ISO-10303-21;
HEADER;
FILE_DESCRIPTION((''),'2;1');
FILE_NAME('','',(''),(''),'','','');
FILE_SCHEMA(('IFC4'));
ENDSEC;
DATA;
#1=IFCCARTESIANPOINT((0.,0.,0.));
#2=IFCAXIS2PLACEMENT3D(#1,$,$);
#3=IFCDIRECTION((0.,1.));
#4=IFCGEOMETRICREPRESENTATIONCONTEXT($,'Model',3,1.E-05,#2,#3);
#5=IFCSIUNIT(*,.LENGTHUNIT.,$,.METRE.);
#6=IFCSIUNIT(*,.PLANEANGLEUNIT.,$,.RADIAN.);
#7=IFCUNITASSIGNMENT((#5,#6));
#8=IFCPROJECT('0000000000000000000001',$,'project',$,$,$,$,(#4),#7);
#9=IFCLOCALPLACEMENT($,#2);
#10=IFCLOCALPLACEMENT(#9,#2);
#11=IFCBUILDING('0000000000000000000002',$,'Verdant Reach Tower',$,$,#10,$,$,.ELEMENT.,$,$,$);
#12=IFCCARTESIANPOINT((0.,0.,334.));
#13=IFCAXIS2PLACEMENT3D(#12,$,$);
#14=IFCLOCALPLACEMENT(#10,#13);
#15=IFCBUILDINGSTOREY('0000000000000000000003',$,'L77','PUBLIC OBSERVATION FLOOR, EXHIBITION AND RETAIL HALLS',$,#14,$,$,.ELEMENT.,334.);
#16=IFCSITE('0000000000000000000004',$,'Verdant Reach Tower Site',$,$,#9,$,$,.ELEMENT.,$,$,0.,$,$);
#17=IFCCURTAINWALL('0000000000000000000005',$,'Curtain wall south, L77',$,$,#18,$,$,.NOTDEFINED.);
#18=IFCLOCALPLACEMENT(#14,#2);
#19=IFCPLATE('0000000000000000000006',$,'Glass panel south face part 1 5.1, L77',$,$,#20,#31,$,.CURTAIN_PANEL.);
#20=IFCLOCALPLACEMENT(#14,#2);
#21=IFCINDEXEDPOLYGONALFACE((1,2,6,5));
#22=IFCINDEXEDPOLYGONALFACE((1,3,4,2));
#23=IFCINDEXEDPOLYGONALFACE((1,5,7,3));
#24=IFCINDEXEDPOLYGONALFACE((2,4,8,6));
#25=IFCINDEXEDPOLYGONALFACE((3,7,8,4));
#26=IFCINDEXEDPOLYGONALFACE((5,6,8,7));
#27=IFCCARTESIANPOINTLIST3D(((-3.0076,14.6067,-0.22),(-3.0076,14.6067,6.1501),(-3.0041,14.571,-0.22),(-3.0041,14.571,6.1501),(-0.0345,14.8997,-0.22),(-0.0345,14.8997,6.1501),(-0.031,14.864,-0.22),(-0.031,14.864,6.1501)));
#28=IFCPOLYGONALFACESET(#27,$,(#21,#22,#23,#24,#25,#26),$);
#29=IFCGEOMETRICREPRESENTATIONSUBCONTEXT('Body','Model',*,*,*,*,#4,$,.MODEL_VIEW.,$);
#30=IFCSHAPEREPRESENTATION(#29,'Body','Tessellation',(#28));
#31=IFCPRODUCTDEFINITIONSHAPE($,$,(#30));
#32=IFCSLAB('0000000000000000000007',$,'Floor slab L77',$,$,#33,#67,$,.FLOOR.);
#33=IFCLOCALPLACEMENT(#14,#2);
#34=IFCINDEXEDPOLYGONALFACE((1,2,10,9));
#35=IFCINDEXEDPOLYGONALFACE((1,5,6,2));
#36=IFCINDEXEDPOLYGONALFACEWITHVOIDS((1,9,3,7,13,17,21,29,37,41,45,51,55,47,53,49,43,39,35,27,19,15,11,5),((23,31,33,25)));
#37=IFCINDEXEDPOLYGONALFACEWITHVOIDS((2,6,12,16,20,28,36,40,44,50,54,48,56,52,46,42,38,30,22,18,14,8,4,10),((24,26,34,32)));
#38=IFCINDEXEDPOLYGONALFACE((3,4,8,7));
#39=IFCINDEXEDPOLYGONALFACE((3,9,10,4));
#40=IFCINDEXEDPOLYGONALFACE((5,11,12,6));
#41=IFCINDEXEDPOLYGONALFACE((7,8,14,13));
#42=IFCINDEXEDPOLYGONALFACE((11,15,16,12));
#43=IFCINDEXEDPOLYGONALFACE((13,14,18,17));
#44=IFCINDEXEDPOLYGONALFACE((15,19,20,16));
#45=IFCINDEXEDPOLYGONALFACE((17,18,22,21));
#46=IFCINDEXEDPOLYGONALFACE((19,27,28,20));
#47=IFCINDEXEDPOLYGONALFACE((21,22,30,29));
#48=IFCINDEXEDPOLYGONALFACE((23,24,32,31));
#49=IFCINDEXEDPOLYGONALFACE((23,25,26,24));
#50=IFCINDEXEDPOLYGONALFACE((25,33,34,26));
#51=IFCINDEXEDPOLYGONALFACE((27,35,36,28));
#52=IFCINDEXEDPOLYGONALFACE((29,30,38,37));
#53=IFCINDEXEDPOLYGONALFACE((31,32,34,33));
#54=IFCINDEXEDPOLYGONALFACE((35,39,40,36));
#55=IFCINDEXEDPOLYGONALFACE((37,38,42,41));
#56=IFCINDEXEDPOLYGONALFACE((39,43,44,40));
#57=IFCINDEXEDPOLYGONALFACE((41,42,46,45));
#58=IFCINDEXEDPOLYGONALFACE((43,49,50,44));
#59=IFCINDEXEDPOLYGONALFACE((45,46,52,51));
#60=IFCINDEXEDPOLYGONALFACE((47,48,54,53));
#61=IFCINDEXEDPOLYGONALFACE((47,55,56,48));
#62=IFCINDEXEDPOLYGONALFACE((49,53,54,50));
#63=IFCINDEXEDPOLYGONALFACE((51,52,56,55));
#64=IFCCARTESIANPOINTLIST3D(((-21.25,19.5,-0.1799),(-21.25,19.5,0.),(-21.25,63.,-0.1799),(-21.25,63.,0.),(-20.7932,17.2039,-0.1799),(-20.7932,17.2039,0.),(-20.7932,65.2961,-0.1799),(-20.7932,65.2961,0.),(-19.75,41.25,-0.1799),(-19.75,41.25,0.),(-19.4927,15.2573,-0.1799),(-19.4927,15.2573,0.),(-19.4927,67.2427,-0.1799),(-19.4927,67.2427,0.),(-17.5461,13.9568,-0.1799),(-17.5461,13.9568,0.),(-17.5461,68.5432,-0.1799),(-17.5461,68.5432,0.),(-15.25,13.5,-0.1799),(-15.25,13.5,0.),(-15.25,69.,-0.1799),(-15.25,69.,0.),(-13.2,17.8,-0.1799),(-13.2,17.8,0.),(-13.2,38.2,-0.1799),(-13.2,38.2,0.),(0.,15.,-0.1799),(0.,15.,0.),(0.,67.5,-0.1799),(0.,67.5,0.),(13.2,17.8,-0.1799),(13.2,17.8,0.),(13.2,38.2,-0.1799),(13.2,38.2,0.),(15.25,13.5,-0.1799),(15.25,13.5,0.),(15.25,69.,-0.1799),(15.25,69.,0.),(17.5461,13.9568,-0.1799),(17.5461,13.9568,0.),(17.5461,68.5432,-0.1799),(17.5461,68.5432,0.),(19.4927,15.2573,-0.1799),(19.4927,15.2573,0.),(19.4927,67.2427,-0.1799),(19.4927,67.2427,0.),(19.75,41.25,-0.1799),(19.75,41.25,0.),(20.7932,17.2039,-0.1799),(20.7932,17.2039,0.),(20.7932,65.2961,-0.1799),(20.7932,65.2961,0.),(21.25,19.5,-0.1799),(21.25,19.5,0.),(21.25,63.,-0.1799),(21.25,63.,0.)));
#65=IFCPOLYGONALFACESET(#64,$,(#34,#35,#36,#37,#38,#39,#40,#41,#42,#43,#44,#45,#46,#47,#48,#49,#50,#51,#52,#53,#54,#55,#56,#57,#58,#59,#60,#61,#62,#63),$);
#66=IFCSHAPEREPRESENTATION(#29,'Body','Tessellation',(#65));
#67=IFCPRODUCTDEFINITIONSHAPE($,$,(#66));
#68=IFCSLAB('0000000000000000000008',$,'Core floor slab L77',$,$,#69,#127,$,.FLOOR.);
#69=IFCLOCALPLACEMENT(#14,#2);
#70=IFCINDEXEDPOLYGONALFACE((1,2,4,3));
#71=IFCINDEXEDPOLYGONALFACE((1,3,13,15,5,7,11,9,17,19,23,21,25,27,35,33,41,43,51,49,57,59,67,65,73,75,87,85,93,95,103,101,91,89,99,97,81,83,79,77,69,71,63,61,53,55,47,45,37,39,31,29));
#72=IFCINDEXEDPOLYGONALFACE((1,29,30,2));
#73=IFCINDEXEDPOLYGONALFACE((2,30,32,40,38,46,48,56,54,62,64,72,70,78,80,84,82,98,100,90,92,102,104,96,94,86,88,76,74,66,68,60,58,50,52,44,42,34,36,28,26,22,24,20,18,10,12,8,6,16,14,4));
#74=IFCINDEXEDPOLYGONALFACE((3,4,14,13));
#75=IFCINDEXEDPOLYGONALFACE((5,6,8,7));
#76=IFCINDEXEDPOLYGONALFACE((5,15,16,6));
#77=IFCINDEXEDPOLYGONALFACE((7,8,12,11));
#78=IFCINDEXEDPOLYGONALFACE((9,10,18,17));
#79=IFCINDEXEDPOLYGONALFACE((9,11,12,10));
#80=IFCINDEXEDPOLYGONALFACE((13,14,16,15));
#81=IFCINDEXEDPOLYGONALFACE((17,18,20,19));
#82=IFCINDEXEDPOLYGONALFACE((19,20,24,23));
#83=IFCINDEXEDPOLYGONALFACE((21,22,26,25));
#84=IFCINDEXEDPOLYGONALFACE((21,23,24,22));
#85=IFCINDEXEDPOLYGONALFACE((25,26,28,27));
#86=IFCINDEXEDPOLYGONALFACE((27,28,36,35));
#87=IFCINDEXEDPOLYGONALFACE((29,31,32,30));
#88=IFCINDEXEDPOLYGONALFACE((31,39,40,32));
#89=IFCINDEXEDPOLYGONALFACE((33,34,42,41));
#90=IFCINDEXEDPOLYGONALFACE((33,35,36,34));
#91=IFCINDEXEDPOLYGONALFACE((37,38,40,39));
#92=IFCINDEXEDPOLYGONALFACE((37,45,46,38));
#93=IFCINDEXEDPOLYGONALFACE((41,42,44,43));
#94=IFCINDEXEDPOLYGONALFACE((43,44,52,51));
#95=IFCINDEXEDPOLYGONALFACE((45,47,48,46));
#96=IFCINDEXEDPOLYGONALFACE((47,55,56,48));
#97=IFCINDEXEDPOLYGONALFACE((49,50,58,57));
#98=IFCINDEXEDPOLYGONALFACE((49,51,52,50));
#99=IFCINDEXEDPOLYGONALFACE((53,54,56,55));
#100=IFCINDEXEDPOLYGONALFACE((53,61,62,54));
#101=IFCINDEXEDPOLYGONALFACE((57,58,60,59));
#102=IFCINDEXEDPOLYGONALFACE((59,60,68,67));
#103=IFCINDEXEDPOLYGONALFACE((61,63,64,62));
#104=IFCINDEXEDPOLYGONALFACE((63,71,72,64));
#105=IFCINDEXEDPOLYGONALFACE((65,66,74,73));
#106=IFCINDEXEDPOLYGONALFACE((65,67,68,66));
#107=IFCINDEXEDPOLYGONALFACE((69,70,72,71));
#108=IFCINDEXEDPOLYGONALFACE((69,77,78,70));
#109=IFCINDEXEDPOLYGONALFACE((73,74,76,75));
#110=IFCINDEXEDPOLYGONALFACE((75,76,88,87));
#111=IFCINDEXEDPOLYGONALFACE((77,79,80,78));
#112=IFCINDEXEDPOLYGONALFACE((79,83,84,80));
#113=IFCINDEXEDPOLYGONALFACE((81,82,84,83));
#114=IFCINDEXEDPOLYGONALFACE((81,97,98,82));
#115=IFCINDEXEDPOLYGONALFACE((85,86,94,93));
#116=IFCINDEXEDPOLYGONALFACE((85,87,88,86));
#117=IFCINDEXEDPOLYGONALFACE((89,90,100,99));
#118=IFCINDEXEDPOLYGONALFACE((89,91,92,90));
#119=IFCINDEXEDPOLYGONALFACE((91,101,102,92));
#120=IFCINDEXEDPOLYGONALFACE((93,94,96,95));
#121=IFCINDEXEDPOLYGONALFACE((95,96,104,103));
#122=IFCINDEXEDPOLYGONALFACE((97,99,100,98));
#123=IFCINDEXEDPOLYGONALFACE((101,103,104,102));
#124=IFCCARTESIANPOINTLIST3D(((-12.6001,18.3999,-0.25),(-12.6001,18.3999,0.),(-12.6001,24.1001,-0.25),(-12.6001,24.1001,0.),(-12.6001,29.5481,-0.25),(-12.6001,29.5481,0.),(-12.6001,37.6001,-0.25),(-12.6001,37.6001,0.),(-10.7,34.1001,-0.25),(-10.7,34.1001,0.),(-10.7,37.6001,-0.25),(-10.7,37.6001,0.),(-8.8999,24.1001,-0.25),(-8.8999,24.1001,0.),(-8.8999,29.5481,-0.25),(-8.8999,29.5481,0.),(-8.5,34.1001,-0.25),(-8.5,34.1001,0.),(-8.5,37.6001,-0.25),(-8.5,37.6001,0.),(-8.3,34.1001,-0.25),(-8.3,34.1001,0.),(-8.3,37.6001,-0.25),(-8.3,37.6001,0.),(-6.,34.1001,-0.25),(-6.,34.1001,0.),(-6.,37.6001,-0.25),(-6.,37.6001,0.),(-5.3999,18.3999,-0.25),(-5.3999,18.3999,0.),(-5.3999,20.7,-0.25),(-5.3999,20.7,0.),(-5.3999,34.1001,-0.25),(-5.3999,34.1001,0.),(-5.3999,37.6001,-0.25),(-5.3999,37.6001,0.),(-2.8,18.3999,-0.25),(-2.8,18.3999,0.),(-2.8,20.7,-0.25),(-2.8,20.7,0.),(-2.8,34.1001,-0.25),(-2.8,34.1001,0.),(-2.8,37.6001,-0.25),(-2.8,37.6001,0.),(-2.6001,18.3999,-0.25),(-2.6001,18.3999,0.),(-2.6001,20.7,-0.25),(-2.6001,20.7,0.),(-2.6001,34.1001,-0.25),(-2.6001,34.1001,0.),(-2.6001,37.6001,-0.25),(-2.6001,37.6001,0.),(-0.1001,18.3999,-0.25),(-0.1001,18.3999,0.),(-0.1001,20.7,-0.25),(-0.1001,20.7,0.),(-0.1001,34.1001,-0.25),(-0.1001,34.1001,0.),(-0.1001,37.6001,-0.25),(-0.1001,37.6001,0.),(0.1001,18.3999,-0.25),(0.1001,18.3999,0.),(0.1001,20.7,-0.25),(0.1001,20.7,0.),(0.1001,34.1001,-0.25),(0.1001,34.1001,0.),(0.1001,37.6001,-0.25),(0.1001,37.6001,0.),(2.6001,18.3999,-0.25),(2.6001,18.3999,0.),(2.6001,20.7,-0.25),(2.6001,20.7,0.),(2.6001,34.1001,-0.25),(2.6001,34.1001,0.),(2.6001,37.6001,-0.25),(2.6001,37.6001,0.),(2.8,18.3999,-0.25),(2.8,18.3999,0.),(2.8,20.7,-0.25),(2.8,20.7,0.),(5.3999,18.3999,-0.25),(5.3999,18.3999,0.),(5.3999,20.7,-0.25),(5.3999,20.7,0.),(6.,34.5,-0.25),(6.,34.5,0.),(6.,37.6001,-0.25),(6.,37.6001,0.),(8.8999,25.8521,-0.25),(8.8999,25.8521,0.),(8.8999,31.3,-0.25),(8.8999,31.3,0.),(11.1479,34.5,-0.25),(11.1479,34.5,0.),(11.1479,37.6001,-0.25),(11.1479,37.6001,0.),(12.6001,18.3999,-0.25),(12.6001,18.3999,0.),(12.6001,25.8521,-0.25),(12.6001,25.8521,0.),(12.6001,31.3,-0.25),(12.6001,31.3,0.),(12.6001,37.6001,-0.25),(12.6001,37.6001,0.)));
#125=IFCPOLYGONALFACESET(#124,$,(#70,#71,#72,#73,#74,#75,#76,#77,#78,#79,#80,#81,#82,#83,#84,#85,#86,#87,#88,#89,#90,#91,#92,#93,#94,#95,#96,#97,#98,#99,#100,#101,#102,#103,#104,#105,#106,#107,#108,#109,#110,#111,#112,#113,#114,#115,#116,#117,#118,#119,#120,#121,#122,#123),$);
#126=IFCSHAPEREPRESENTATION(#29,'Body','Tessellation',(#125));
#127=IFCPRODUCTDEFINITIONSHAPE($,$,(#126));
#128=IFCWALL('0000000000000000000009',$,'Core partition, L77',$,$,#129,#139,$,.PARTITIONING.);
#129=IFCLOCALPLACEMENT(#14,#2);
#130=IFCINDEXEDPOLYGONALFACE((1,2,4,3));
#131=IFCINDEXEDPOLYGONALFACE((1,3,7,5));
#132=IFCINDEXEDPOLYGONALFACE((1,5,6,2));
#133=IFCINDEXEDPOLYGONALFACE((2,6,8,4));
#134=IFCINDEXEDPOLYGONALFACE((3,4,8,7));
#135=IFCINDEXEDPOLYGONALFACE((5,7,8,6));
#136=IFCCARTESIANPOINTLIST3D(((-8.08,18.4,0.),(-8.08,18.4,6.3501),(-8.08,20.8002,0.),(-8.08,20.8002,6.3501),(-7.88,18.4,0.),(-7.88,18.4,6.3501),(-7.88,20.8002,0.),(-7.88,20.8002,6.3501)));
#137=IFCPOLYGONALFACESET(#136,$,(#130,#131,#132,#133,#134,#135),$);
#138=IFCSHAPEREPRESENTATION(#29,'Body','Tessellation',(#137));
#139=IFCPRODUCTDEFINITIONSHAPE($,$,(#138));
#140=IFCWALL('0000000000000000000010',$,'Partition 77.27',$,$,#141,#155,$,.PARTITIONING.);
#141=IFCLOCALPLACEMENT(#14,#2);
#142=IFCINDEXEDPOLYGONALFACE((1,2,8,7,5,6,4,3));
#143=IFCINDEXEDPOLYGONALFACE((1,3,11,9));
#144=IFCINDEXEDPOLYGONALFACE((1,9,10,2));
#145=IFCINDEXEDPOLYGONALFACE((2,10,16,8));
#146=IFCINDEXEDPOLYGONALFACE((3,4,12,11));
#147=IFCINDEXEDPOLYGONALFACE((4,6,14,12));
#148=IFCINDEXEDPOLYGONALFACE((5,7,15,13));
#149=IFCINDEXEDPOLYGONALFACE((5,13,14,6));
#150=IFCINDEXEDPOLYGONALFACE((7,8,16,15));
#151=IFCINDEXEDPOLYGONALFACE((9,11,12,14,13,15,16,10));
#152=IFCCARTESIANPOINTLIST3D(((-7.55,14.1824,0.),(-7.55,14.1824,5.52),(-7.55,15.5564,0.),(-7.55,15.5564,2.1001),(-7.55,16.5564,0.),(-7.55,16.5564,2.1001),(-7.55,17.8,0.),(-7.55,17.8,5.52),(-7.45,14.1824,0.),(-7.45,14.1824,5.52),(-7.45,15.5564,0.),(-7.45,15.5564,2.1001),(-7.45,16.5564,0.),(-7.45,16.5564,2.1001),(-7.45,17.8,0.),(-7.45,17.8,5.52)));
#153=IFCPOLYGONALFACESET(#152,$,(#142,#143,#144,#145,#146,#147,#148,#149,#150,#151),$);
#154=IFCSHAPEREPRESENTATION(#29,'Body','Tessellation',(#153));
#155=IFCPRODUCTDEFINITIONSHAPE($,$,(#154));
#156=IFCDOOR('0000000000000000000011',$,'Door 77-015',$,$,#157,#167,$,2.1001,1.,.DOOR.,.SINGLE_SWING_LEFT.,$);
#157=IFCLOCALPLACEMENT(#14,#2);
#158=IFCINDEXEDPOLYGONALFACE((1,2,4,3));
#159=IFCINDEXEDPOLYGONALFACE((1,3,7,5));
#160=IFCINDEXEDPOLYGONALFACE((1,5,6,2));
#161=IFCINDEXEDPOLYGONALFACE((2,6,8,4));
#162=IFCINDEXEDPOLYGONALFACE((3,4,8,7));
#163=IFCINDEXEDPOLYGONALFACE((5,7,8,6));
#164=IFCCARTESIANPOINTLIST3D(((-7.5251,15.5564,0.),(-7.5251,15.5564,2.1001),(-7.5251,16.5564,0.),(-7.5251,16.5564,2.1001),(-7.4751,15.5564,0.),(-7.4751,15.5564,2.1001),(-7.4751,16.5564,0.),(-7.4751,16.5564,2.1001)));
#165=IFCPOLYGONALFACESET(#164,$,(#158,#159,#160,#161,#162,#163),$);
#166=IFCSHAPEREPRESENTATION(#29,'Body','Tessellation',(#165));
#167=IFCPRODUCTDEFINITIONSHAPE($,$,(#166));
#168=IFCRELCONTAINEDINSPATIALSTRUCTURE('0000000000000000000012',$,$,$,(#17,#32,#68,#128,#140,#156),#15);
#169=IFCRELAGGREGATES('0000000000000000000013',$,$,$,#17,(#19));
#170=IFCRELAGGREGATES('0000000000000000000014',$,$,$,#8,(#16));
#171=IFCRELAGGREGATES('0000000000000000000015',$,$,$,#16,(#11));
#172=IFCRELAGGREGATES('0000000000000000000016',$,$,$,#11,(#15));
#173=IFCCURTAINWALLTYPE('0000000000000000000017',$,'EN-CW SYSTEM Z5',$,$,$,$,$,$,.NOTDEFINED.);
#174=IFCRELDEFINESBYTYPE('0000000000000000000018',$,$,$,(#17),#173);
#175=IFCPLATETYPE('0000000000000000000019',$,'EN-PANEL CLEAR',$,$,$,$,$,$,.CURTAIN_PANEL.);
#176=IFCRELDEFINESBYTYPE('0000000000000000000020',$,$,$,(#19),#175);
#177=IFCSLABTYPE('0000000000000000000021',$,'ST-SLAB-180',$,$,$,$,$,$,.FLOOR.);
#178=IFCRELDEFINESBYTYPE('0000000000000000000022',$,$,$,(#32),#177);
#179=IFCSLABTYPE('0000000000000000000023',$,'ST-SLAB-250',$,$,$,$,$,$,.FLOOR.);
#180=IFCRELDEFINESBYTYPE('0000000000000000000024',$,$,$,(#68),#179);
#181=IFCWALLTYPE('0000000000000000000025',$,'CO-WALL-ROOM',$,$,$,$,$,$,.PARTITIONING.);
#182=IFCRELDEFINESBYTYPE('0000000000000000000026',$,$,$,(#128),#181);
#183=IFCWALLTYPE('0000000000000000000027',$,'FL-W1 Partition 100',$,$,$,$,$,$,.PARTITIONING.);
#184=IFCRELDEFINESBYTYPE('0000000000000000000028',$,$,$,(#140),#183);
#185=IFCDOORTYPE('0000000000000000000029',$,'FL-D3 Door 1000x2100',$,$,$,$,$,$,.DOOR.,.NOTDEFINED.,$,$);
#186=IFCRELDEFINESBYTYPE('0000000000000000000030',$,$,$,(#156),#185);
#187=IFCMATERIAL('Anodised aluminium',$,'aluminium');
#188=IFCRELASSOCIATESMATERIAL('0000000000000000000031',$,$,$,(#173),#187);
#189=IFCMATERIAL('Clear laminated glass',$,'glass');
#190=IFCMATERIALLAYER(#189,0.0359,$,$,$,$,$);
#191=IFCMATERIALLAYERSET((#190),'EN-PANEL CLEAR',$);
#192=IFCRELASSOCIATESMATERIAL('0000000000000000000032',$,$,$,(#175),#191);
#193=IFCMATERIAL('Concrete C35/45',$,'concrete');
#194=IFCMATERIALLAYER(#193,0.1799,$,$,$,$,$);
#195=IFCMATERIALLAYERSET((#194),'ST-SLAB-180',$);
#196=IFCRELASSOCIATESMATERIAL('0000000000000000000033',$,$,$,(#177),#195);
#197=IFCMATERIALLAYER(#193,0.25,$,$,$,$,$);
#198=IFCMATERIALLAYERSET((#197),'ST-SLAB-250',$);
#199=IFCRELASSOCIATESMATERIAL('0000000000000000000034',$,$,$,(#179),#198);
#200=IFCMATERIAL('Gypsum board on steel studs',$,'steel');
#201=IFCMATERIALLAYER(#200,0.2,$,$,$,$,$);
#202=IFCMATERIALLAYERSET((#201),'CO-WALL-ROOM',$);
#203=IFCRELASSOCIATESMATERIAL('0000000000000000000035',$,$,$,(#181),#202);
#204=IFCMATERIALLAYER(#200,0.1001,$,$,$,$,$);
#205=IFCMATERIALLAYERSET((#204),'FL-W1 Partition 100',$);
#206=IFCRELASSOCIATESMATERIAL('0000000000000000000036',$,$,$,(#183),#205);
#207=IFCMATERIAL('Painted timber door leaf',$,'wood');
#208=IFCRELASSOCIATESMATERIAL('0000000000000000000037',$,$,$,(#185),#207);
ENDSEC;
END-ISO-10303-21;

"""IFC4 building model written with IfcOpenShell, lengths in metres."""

from ifc_helpers import new_model, si_unit, direction, frame, frame_2d, origin, origin_2d, place, context, subcontext, project, spatial, polyline, rectangle, outline, extrude, material, layer, layer_set, type_object, element, fill, aggregate, save


model = new_model("IFC4")

# Units and contexts
model_context = context("Model", 3, precision=1e-05, world=origin(), true_north=direction((0.0, 1.0)))
body_context = subcontext(model_context, "Body", "Model", "MODEL_VIEW")
ifc_project = project(units=[si_unit("LENGTHUNIT", "METRE"), si_unit("PLANEANGLEUNIT", "RADIAN")], contexts=[model_context])

# Site, building, storey
site_placement = place(None, origin())
site = spatial("IfcSite", under=ifc_project, at=site_placement, Name="Verdant Reach Tower Site", CompositionType="ELEMENT", RefElevation=0.0)
building_placement = place(site_placement, origin())
building = spatial("IfcBuilding", under=site, at=building_placement, Name="Verdant Reach Tower", CompositionType="ELEMENT")
storey_placement = place(building_placement, frame((0.0, 0.0, 334.0)))
storey = spatial("IfcBuildingStorey", under=building, at=storey_placement, Name="L77", Description="PUBLIC OBSERVATION FLOOR, EXHIBITION AND RETAIL HALLS", CompositionType="ELEMENT", Elevation=334.0)

# Curtain wall
ifc_material_1 = material(Name="Anodised aluminium", Category="aluminium")
curtain_wall_type = type_object("IfcCurtainWallType", Name="EN-CW SYSTEM Z5", PredefinedType="NOTDEFINED", material=ifc_material_1)
curtain_wall_placement = place(storey_placement, origin())
curtain_wall = element("IfcCurtainWall", 1, at=curtain_wall_placement, inside=storey, type_object=curtain_wall_type, Name="Curtain wall south, L77", PredefinedType="NOTDEFINED")

# Plate
ifc_material_2 = material(Name="Clear laminated glass", Category="glass")
ifc_layer_1 = layer(ifc_material_2, 0.0359)
ifc_layer_set_1 = layer_set([ifc_layer_1], Name="EN-PANEL CLEAR")
plate_type = type_object("IfcPlateType", Name="EN-PANEL CLEAR", PredefinedType="CURTAIN_PANEL", material=ifc_layer_set_1)
plate_1_placement = place(storey_placement, frame((-1.5193, 14.7354, -0.22), z_axis=(0.0, 0.0, 1.0), x_axis=(0.99518, 0.098068, 0.0)))
plate_1 = element("IfcPlate", 2, at=plate_1_placement, type_object=plate_type, Name="Glass panel south face part 1 5.1, L77", PredefinedType="CURTAIN_PANEL", context=body_context, shape_type="SweptSolid", body=[
    extrude(rectangle(XDim=2.9875, YDim=0.0359, at=origin_2d()), origin(), (0.0, 0.0, 1.0), 6.3701),
])
aggregate(curtain_wall, [plate_1])

# Slabs
ifc_material_3 = material(Name="Concrete C35/45", Category="concrete")
ifc_layer_2 = layer(ifc_material_3, 0.1799)
ifc_layer_set_2 = layer_set([ifc_layer_2], Name="ST-SLAB-180")
slab_type_1 = type_object("IfcSlabType", Name="ST-SLAB-180", PredefinedType="FLOOR", material=ifc_layer_set_2)
slab_1_placement = place(storey_placement, frame((0.0, 0.0, -0.1799)))
element("IfcSlab", 3, at=slab_1_placement, inside=storey, type_object=slab_type_1, Name="Floor slab L77", PredefinedType="FLOOR", context=body_context, shape_type="SweptSolid", body=[
    extrude(outline(polyline([(0.0, 15.0), (-15.25, 13.5), (-17.5461, 13.9568), (-19.4927, 15.2573), (-20.7932, 17.2039), (-21.25, 19.5), (-19.75, 41.25), (-21.25, 63.0), (-20.7932, 65.2961), (-19.4927, 67.2427), (-17.5461, 68.5432), (-15.25, 69.0), (0.0, 67.5), (15.25, 69.0), (17.5461, 68.5432), (19.4927, 67.2427), (20.7932, 65.2961), (21.25, 63.0), (19.75, 41.25), (21.25, 19.5), (20.7932, 17.2039), (19.4927, 15.2573), (17.5461, 13.9568), (15.25, 13.5), (0.0, 15.0)]), holes=[polyline([(13.2, 38.2), (-13.2, 38.2), (-13.2, 17.8), (13.2, 17.8), (13.2, 38.2)])]), origin(), (0.0, 0.0, 1.0), 0.1799),
])
ifc_layer_3 = layer(ifc_material_3, 0.25)
ifc_layer_set_3 = layer_set([ifc_layer_3], Name="ST-SLAB-250")
slab_type_2 = type_object("IfcSlabType", Name="ST-SLAB-250", PredefinedType="FLOOR", material=ifc_layer_set_3)
slab_2_placement = place(storey_placement, frame((0.0, 0.0, -0.25)))
element("IfcSlab", 4, at=slab_2_placement, inside=storey, type_object=slab_type_2, Name="Core floor slab L77", PredefinedType="FLOOR", context=body_context, shape_type="SweptSolid", body=[
    extrude(outline(polyline([(12.6001, 18.3999), (5.3999, 18.3999), (5.3999, 20.7), (2.8, 20.7), (2.8, 18.3999), (2.6001, 18.3999), (2.6001, 20.7), (0.1001, 20.7), (0.1001, 18.3999), (-0.1001, 18.3999), (-0.1001, 20.7), (-2.6001, 20.7), (-2.6001, 18.3999), (-2.8, 18.3999), (-2.8, 20.7), (-5.3999, 20.7), (-5.3999, 18.3999), (-12.6001, 18.3999), (-12.6001, 24.1001), (-8.8999, 24.1001), (-8.8999, 29.5481), (-12.6001, 29.5481), (-12.6001, 37.6001), (-10.7, 37.6001), (-10.7, 34.1001), (-8.5, 34.1001), (-8.5, 37.6001), (-8.3, 37.6001), (-8.3, 34.1001), (-6.0, 34.1001), (-6.0, 37.6001), (-5.3999, 37.6001), (-5.3999, 34.1001), (-2.8, 34.1001), (-2.8, 37.6001), (-2.6001, 37.6001), (-2.6001, 34.1001), (-0.1001, 34.1001), (-0.1001, 37.6001), (0.1001, 37.6001), (0.1001, 34.1001), (2.6001, 34.1001), (2.6001, 37.6001), (6.0, 37.6001), (6.0, 34.5), (11.1479, 34.5), (11.1479, 37.6001), (12.6001, 37.6001), (12.6001, 31.3), (8.8999, 31.3), (8.8999, 25.8521), (12.6001, 25.8521), (12.6001, 18.3999)])), origin(), (0.0, 0.0, 1.0), 0.25),
])

# Wall
ifc_material_4 = material(Name="Gypsum board on steel studs", Category="steel")
ifc_layer_4 = layer(ifc_material_4, 0.2)
ifc_layer_set_4 = layer_set([ifc_layer_4], Name="CO-WALL-ROOM")
wall_type_1 = type_object("IfcWallType", Name="CO-WALL-ROOM", PredefinedType="PARTITIONING", material=ifc_layer_set_4)
wall_1_placement = place(storey_placement, frame((-7.98, 18.3999, 0.0), z_axis=(0.0, 0.0, 1.0), x_axis=(0.0, 1.0, 0.0)))
element("IfcWall", 5, at=wall_1_placement, inside=storey, type_object=wall_type_1, Name="Core partition, L77", PredefinedType="PARTITIONING", context=body_context, shape_type="SweptSolid", body=[
    extrude(rectangle(XDim=2.4001, YDim=0.2, at=frame_2d((1.2002, 0.0))), origin(), (0.0, 0.0, 1.0), 6.3501),
])

# Wall, opening, door
ifc_layer_5 = layer(ifc_material_4, 0.1001)
ifc_layer_set_5 = layer_set([ifc_layer_5], Name="FL-W1 Partition 100")
wall_type_2 = type_object("IfcWallType", Name="FL-W1 Partition 100", PredefinedType="PARTITIONING", material=ifc_layer_set_5)
wall_2_placement = place(storey_placement, frame((-7.5, 17.8, 0.0), z_axis=(0.0, 0.0, 1.0), x_axis=(0.0, -1.0, 0.0)))
wall_2 = element("IfcWall", 6, at=wall_2_placement, inside=storey, type_object=wall_type_2, Name="Partition 77.27", PredefinedType="PARTITIONING", context=body_context, shape_type="SweptSolid", body=[
    extrude(rectangle(XDim=3.6177, YDim=0.1001, at=frame_2d((1.8088, 0.0))), origin(), (0.0, 0.0, 1.0), 5.52),
])
opening_1_placement = place(wall_2_placement, frame((1.2437, 0.0, 0.0)))
opening_1 = element("IfcOpeningElement", 7, at=opening_1_placement, cuts=wall_2, PredefinedType="OPENING", context=body_context, shape_type="SweptSolid", body=[
    extrude(rectangle(XDim=1.0, YDim=2.1001, at=frame_2d((0.5, 1.05))), frame((0.0, 0.0601, 0.0), z_axis=(0.0, -1.0, 0.0), x_axis=(1.0, 0.0, 0.0)), (0.0, 0.0, 1.0), 0.1201),
])
ifc_material_5 = material(Name="Painted timber door leaf", Category="wood")
door_type_1 = type_object("IfcDoorType", Name="FL-D3 Door 1000x2100", OperationType="NOTDEFINED", PredefinedType="DOOR", material=ifc_material_5)
door_1_placement = place(opening_1_placement, origin())
door_1 = element("IfcDoor", 8, at=door_1_placement, inside=storey, type_object=door_type_1, Name="Door 77-015", OperationType="SINGLE_SWING_LEFT", OverallHeight=2.1001, OverallWidth=1.0, PredefinedType="DOOR", context=body_context, shape_type="SweptSolid", body=[
    extrude(rectangle(XDim=1.0, YDim=2.1001, at=frame_2d((0.5, 1.05))), frame((0.0, 0.0249, 0.0), z_axis=(0.0, -1.0, 0.0), x_axis=(1.0, 0.0, 0.0)), (0.0, 0.0, 1.0), 0.05),
])
fill(opening_1, door_1)

save(model, "model.ifc")
